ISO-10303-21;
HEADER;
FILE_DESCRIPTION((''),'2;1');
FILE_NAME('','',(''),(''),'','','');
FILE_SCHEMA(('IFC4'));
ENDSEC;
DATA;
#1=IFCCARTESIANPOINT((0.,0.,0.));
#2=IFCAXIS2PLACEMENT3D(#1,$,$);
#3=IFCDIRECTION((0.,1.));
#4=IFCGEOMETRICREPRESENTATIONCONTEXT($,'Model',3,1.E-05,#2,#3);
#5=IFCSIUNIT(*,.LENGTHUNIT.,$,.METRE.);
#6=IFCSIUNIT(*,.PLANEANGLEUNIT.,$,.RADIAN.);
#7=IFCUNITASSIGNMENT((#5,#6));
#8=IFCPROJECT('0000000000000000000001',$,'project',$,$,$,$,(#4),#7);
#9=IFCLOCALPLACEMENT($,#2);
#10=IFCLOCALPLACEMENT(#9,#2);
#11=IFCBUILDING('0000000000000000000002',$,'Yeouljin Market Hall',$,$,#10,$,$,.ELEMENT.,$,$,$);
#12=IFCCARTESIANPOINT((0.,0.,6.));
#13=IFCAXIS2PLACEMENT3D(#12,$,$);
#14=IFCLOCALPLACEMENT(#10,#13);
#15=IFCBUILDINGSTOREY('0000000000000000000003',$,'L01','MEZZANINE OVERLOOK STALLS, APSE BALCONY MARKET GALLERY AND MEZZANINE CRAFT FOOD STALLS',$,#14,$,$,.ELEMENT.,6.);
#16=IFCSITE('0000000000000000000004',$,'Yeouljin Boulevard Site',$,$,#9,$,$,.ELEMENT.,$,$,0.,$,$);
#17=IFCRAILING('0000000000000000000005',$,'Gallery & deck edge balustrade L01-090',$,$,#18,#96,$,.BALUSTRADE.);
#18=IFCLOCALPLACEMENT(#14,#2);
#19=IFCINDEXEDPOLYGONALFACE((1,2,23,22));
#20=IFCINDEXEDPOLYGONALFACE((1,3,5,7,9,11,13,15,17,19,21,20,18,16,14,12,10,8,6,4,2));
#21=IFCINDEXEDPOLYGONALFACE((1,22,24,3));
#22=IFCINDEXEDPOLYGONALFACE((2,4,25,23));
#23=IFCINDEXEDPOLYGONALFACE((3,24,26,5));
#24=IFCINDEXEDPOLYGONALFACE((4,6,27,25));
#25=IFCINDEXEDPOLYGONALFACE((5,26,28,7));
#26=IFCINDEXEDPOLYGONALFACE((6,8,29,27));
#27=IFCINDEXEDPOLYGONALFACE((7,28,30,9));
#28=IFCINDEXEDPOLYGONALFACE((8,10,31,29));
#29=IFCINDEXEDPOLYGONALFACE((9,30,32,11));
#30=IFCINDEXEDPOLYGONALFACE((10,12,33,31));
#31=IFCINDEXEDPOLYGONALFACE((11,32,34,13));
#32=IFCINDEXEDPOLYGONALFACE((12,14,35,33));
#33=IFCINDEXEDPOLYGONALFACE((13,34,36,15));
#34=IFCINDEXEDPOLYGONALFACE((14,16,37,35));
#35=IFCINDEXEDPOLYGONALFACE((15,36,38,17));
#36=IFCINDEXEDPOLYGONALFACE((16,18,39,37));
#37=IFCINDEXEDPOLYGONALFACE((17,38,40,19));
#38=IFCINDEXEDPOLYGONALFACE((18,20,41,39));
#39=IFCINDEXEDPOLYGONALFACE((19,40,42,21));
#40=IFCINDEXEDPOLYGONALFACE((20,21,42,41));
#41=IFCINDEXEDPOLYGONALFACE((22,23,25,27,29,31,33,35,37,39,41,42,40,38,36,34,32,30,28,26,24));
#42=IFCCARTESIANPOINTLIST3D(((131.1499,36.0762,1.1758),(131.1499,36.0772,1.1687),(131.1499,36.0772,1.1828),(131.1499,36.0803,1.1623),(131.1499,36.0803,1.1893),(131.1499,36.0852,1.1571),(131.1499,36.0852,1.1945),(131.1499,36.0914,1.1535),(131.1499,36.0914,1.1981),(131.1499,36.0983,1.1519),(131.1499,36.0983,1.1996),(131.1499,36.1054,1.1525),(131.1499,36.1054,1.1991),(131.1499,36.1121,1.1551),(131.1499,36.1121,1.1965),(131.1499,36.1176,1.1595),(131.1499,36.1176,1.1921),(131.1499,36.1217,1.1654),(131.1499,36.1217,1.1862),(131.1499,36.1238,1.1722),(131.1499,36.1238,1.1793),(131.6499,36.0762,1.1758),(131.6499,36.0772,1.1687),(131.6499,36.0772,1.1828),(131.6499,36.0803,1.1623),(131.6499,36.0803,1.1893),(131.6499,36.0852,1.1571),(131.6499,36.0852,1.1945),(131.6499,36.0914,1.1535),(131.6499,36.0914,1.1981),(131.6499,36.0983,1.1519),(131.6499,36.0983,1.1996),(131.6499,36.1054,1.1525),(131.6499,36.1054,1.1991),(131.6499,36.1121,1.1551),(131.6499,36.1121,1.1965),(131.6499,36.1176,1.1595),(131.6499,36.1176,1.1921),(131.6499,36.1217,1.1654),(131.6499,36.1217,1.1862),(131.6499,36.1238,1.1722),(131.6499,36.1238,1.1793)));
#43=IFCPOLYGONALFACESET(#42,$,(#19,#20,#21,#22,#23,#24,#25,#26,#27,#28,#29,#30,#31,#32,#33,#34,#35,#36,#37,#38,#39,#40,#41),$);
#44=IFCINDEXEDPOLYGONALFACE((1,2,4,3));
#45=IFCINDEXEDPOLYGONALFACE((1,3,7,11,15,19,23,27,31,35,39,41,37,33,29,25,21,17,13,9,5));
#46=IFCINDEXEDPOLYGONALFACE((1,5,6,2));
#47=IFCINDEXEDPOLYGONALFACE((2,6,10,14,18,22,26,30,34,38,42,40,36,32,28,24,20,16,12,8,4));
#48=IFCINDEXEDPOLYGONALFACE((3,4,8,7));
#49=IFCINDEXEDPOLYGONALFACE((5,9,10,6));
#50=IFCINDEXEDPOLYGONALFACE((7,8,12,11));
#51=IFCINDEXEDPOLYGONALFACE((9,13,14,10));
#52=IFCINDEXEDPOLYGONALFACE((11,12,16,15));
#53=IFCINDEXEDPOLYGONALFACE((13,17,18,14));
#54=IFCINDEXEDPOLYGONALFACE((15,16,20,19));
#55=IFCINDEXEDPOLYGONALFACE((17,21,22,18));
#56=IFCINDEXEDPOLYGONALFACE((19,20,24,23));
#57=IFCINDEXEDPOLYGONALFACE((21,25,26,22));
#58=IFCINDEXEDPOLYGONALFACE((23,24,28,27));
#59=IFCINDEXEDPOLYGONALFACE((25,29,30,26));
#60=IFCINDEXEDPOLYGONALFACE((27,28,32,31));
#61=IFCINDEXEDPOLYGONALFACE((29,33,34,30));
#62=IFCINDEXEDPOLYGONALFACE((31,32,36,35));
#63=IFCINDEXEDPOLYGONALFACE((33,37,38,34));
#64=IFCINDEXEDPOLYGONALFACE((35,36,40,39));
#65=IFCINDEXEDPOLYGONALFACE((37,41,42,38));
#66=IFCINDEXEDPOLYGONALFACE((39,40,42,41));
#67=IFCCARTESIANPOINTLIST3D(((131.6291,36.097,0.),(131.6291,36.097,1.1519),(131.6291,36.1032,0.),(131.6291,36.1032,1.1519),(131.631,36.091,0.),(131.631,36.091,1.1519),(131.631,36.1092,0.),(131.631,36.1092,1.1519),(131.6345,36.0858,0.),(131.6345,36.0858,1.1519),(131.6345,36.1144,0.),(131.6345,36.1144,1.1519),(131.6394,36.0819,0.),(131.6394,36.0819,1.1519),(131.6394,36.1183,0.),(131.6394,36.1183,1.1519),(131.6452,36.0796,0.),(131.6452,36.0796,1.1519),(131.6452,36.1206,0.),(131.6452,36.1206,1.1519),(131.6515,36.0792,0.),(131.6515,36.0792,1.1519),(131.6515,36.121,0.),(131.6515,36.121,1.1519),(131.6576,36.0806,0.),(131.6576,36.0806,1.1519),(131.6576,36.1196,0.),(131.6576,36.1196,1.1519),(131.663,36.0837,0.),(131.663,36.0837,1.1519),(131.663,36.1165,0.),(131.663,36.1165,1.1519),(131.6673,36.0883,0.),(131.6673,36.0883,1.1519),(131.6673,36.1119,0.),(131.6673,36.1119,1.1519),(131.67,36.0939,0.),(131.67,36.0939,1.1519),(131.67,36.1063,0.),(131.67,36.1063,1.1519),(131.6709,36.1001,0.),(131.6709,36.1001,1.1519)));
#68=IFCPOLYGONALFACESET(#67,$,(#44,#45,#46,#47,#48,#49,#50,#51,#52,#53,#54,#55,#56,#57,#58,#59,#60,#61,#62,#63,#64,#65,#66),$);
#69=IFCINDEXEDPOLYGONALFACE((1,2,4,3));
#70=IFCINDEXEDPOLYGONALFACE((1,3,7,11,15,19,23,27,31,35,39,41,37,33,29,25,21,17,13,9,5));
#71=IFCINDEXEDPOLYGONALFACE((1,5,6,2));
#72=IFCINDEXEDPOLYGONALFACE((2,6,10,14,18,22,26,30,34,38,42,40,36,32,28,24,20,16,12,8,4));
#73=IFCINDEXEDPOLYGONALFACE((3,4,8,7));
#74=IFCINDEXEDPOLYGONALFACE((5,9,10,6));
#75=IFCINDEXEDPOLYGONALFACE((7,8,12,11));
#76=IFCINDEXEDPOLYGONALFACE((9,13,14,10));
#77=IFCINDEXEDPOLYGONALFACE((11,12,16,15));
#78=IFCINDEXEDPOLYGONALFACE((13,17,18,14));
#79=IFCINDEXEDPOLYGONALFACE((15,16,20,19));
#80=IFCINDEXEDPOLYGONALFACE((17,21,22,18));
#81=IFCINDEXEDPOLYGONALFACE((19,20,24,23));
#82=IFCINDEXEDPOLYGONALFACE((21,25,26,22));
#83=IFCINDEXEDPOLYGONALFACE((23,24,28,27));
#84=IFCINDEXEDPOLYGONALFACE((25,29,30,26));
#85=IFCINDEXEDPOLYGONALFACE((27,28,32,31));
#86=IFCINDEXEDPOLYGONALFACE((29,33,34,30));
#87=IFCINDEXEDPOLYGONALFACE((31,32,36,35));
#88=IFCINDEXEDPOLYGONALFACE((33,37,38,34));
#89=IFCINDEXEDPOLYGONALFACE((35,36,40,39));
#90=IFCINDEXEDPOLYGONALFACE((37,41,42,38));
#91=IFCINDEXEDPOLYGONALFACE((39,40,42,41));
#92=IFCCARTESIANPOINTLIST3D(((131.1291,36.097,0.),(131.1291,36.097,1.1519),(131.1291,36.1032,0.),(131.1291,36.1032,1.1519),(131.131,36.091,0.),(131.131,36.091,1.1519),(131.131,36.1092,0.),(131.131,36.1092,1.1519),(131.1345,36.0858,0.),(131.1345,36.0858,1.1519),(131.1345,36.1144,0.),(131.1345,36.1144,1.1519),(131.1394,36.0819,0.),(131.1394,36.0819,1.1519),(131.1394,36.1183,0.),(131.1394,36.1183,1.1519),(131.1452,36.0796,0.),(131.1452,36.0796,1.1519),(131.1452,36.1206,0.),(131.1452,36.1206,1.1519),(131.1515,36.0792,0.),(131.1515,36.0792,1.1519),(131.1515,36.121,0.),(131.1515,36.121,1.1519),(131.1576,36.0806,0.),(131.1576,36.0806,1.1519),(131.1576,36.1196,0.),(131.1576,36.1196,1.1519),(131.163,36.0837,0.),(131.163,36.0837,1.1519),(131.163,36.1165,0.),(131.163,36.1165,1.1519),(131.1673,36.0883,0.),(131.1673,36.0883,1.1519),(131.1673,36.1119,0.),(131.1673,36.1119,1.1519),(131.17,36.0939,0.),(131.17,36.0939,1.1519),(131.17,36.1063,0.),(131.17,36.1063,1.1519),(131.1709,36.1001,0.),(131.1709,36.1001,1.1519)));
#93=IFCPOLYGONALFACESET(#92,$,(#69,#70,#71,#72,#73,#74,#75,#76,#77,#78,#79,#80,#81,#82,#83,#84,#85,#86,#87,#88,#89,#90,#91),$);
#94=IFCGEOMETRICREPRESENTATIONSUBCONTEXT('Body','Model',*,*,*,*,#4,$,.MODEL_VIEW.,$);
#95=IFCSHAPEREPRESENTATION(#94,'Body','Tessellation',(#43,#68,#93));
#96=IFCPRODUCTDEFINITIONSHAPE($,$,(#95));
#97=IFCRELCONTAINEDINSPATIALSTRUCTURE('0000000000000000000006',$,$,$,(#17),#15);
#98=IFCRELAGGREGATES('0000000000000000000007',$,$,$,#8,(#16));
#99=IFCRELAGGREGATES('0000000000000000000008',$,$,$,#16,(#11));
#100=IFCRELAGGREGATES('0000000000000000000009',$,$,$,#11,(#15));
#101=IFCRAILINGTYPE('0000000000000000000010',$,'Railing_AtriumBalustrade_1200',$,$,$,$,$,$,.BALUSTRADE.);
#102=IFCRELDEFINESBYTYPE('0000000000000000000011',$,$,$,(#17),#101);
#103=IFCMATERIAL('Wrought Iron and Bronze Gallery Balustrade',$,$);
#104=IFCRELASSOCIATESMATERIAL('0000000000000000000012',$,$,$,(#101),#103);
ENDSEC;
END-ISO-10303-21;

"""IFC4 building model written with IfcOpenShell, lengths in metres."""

from ifc_helpers import new_model, si_unit, direction, frame, origin, origin_2d, place, context, subcontext, project, spatial, circle, extrude, material, type_object, element, save


model = new_model("IFC4")

# Units and contexts
model_context = context("Model", 3, precision=1e-05, world=origin(), true_north=direction((0.0, 1.0)))
body_context = subcontext(model_context, "Body", "Model", "MODEL_VIEW")
ifc_project = project(units=[si_unit("LENGTHUNIT", "METRE"), si_unit("PLANEANGLEUNIT", "RADIAN")], contexts=[model_context])

# Site, building, storey
site_placement = place(None, origin())
site = spatial("IfcSite", under=ifc_project, at=site_placement, Name="Yeouljin Boulevard Site", CompositionType="ELEMENT", RefElevation=0.0)
building_placement = place(site_placement, origin())
building = spatial("IfcBuilding", under=site, at=building_placement, Name="Yeouljin Market Hall", CompositionType="ELEMENT")
storey_placement = place(building_placement, frame((0.0, 0.0, 6.0)))
storey = spatial("IfcBuildingStorey", under=building, at=storey_placement, Name="L01", Description="MEZZANINE OVERLOOK STALLS, APSE BALCONY MARKET GALLERY AND MEZZANINE CRAFT FOOD STALLS", CompositionType="ELEMENT", Elevation=6.0)

# Railing
ifc_material_1 = material(Name="Wrought Iron and Bronze Gallery Balustrade")
railing_type = type_object("IfcRailingType", Name="Railing_AtriumBalustrade_1200", PredefinedType="BALUSTRADE", material=ifc_material_1)
railing_placement = place(storey_placement, frame((131.6499, 36.1001, 0.0)))
element("IfcRailing", 1, at=railing_placement, inside=storey, type_object=railing_type, Name="Gallery & deck edge balustrade L01-090", PredefinedType="BALUSTRADE", context=body_context, shape_type="SweptSolid", body=[
    extrude(circle(Radius=0.0239, at=origin_2d()), frame((0.0, 0.0, 1.1758), z_axis=(-1.0, 0.0, 0.0), x_axis=(0.0, -1.0, 0.0)), (0.0, 0.0, 1.0), 0.5),
    extrude(circle(Radius=0.021, at=origin_2d()), origin(), (0.0, 0.0, 1.0), 1.1519),
    extrude(circle(Radius=0.021, at=origin_2d()), frame((-0.5, 0.0, 0.0)), (0.0, 0.0, 1.0), 1.1519),
])

save(model, "model.ifc")
